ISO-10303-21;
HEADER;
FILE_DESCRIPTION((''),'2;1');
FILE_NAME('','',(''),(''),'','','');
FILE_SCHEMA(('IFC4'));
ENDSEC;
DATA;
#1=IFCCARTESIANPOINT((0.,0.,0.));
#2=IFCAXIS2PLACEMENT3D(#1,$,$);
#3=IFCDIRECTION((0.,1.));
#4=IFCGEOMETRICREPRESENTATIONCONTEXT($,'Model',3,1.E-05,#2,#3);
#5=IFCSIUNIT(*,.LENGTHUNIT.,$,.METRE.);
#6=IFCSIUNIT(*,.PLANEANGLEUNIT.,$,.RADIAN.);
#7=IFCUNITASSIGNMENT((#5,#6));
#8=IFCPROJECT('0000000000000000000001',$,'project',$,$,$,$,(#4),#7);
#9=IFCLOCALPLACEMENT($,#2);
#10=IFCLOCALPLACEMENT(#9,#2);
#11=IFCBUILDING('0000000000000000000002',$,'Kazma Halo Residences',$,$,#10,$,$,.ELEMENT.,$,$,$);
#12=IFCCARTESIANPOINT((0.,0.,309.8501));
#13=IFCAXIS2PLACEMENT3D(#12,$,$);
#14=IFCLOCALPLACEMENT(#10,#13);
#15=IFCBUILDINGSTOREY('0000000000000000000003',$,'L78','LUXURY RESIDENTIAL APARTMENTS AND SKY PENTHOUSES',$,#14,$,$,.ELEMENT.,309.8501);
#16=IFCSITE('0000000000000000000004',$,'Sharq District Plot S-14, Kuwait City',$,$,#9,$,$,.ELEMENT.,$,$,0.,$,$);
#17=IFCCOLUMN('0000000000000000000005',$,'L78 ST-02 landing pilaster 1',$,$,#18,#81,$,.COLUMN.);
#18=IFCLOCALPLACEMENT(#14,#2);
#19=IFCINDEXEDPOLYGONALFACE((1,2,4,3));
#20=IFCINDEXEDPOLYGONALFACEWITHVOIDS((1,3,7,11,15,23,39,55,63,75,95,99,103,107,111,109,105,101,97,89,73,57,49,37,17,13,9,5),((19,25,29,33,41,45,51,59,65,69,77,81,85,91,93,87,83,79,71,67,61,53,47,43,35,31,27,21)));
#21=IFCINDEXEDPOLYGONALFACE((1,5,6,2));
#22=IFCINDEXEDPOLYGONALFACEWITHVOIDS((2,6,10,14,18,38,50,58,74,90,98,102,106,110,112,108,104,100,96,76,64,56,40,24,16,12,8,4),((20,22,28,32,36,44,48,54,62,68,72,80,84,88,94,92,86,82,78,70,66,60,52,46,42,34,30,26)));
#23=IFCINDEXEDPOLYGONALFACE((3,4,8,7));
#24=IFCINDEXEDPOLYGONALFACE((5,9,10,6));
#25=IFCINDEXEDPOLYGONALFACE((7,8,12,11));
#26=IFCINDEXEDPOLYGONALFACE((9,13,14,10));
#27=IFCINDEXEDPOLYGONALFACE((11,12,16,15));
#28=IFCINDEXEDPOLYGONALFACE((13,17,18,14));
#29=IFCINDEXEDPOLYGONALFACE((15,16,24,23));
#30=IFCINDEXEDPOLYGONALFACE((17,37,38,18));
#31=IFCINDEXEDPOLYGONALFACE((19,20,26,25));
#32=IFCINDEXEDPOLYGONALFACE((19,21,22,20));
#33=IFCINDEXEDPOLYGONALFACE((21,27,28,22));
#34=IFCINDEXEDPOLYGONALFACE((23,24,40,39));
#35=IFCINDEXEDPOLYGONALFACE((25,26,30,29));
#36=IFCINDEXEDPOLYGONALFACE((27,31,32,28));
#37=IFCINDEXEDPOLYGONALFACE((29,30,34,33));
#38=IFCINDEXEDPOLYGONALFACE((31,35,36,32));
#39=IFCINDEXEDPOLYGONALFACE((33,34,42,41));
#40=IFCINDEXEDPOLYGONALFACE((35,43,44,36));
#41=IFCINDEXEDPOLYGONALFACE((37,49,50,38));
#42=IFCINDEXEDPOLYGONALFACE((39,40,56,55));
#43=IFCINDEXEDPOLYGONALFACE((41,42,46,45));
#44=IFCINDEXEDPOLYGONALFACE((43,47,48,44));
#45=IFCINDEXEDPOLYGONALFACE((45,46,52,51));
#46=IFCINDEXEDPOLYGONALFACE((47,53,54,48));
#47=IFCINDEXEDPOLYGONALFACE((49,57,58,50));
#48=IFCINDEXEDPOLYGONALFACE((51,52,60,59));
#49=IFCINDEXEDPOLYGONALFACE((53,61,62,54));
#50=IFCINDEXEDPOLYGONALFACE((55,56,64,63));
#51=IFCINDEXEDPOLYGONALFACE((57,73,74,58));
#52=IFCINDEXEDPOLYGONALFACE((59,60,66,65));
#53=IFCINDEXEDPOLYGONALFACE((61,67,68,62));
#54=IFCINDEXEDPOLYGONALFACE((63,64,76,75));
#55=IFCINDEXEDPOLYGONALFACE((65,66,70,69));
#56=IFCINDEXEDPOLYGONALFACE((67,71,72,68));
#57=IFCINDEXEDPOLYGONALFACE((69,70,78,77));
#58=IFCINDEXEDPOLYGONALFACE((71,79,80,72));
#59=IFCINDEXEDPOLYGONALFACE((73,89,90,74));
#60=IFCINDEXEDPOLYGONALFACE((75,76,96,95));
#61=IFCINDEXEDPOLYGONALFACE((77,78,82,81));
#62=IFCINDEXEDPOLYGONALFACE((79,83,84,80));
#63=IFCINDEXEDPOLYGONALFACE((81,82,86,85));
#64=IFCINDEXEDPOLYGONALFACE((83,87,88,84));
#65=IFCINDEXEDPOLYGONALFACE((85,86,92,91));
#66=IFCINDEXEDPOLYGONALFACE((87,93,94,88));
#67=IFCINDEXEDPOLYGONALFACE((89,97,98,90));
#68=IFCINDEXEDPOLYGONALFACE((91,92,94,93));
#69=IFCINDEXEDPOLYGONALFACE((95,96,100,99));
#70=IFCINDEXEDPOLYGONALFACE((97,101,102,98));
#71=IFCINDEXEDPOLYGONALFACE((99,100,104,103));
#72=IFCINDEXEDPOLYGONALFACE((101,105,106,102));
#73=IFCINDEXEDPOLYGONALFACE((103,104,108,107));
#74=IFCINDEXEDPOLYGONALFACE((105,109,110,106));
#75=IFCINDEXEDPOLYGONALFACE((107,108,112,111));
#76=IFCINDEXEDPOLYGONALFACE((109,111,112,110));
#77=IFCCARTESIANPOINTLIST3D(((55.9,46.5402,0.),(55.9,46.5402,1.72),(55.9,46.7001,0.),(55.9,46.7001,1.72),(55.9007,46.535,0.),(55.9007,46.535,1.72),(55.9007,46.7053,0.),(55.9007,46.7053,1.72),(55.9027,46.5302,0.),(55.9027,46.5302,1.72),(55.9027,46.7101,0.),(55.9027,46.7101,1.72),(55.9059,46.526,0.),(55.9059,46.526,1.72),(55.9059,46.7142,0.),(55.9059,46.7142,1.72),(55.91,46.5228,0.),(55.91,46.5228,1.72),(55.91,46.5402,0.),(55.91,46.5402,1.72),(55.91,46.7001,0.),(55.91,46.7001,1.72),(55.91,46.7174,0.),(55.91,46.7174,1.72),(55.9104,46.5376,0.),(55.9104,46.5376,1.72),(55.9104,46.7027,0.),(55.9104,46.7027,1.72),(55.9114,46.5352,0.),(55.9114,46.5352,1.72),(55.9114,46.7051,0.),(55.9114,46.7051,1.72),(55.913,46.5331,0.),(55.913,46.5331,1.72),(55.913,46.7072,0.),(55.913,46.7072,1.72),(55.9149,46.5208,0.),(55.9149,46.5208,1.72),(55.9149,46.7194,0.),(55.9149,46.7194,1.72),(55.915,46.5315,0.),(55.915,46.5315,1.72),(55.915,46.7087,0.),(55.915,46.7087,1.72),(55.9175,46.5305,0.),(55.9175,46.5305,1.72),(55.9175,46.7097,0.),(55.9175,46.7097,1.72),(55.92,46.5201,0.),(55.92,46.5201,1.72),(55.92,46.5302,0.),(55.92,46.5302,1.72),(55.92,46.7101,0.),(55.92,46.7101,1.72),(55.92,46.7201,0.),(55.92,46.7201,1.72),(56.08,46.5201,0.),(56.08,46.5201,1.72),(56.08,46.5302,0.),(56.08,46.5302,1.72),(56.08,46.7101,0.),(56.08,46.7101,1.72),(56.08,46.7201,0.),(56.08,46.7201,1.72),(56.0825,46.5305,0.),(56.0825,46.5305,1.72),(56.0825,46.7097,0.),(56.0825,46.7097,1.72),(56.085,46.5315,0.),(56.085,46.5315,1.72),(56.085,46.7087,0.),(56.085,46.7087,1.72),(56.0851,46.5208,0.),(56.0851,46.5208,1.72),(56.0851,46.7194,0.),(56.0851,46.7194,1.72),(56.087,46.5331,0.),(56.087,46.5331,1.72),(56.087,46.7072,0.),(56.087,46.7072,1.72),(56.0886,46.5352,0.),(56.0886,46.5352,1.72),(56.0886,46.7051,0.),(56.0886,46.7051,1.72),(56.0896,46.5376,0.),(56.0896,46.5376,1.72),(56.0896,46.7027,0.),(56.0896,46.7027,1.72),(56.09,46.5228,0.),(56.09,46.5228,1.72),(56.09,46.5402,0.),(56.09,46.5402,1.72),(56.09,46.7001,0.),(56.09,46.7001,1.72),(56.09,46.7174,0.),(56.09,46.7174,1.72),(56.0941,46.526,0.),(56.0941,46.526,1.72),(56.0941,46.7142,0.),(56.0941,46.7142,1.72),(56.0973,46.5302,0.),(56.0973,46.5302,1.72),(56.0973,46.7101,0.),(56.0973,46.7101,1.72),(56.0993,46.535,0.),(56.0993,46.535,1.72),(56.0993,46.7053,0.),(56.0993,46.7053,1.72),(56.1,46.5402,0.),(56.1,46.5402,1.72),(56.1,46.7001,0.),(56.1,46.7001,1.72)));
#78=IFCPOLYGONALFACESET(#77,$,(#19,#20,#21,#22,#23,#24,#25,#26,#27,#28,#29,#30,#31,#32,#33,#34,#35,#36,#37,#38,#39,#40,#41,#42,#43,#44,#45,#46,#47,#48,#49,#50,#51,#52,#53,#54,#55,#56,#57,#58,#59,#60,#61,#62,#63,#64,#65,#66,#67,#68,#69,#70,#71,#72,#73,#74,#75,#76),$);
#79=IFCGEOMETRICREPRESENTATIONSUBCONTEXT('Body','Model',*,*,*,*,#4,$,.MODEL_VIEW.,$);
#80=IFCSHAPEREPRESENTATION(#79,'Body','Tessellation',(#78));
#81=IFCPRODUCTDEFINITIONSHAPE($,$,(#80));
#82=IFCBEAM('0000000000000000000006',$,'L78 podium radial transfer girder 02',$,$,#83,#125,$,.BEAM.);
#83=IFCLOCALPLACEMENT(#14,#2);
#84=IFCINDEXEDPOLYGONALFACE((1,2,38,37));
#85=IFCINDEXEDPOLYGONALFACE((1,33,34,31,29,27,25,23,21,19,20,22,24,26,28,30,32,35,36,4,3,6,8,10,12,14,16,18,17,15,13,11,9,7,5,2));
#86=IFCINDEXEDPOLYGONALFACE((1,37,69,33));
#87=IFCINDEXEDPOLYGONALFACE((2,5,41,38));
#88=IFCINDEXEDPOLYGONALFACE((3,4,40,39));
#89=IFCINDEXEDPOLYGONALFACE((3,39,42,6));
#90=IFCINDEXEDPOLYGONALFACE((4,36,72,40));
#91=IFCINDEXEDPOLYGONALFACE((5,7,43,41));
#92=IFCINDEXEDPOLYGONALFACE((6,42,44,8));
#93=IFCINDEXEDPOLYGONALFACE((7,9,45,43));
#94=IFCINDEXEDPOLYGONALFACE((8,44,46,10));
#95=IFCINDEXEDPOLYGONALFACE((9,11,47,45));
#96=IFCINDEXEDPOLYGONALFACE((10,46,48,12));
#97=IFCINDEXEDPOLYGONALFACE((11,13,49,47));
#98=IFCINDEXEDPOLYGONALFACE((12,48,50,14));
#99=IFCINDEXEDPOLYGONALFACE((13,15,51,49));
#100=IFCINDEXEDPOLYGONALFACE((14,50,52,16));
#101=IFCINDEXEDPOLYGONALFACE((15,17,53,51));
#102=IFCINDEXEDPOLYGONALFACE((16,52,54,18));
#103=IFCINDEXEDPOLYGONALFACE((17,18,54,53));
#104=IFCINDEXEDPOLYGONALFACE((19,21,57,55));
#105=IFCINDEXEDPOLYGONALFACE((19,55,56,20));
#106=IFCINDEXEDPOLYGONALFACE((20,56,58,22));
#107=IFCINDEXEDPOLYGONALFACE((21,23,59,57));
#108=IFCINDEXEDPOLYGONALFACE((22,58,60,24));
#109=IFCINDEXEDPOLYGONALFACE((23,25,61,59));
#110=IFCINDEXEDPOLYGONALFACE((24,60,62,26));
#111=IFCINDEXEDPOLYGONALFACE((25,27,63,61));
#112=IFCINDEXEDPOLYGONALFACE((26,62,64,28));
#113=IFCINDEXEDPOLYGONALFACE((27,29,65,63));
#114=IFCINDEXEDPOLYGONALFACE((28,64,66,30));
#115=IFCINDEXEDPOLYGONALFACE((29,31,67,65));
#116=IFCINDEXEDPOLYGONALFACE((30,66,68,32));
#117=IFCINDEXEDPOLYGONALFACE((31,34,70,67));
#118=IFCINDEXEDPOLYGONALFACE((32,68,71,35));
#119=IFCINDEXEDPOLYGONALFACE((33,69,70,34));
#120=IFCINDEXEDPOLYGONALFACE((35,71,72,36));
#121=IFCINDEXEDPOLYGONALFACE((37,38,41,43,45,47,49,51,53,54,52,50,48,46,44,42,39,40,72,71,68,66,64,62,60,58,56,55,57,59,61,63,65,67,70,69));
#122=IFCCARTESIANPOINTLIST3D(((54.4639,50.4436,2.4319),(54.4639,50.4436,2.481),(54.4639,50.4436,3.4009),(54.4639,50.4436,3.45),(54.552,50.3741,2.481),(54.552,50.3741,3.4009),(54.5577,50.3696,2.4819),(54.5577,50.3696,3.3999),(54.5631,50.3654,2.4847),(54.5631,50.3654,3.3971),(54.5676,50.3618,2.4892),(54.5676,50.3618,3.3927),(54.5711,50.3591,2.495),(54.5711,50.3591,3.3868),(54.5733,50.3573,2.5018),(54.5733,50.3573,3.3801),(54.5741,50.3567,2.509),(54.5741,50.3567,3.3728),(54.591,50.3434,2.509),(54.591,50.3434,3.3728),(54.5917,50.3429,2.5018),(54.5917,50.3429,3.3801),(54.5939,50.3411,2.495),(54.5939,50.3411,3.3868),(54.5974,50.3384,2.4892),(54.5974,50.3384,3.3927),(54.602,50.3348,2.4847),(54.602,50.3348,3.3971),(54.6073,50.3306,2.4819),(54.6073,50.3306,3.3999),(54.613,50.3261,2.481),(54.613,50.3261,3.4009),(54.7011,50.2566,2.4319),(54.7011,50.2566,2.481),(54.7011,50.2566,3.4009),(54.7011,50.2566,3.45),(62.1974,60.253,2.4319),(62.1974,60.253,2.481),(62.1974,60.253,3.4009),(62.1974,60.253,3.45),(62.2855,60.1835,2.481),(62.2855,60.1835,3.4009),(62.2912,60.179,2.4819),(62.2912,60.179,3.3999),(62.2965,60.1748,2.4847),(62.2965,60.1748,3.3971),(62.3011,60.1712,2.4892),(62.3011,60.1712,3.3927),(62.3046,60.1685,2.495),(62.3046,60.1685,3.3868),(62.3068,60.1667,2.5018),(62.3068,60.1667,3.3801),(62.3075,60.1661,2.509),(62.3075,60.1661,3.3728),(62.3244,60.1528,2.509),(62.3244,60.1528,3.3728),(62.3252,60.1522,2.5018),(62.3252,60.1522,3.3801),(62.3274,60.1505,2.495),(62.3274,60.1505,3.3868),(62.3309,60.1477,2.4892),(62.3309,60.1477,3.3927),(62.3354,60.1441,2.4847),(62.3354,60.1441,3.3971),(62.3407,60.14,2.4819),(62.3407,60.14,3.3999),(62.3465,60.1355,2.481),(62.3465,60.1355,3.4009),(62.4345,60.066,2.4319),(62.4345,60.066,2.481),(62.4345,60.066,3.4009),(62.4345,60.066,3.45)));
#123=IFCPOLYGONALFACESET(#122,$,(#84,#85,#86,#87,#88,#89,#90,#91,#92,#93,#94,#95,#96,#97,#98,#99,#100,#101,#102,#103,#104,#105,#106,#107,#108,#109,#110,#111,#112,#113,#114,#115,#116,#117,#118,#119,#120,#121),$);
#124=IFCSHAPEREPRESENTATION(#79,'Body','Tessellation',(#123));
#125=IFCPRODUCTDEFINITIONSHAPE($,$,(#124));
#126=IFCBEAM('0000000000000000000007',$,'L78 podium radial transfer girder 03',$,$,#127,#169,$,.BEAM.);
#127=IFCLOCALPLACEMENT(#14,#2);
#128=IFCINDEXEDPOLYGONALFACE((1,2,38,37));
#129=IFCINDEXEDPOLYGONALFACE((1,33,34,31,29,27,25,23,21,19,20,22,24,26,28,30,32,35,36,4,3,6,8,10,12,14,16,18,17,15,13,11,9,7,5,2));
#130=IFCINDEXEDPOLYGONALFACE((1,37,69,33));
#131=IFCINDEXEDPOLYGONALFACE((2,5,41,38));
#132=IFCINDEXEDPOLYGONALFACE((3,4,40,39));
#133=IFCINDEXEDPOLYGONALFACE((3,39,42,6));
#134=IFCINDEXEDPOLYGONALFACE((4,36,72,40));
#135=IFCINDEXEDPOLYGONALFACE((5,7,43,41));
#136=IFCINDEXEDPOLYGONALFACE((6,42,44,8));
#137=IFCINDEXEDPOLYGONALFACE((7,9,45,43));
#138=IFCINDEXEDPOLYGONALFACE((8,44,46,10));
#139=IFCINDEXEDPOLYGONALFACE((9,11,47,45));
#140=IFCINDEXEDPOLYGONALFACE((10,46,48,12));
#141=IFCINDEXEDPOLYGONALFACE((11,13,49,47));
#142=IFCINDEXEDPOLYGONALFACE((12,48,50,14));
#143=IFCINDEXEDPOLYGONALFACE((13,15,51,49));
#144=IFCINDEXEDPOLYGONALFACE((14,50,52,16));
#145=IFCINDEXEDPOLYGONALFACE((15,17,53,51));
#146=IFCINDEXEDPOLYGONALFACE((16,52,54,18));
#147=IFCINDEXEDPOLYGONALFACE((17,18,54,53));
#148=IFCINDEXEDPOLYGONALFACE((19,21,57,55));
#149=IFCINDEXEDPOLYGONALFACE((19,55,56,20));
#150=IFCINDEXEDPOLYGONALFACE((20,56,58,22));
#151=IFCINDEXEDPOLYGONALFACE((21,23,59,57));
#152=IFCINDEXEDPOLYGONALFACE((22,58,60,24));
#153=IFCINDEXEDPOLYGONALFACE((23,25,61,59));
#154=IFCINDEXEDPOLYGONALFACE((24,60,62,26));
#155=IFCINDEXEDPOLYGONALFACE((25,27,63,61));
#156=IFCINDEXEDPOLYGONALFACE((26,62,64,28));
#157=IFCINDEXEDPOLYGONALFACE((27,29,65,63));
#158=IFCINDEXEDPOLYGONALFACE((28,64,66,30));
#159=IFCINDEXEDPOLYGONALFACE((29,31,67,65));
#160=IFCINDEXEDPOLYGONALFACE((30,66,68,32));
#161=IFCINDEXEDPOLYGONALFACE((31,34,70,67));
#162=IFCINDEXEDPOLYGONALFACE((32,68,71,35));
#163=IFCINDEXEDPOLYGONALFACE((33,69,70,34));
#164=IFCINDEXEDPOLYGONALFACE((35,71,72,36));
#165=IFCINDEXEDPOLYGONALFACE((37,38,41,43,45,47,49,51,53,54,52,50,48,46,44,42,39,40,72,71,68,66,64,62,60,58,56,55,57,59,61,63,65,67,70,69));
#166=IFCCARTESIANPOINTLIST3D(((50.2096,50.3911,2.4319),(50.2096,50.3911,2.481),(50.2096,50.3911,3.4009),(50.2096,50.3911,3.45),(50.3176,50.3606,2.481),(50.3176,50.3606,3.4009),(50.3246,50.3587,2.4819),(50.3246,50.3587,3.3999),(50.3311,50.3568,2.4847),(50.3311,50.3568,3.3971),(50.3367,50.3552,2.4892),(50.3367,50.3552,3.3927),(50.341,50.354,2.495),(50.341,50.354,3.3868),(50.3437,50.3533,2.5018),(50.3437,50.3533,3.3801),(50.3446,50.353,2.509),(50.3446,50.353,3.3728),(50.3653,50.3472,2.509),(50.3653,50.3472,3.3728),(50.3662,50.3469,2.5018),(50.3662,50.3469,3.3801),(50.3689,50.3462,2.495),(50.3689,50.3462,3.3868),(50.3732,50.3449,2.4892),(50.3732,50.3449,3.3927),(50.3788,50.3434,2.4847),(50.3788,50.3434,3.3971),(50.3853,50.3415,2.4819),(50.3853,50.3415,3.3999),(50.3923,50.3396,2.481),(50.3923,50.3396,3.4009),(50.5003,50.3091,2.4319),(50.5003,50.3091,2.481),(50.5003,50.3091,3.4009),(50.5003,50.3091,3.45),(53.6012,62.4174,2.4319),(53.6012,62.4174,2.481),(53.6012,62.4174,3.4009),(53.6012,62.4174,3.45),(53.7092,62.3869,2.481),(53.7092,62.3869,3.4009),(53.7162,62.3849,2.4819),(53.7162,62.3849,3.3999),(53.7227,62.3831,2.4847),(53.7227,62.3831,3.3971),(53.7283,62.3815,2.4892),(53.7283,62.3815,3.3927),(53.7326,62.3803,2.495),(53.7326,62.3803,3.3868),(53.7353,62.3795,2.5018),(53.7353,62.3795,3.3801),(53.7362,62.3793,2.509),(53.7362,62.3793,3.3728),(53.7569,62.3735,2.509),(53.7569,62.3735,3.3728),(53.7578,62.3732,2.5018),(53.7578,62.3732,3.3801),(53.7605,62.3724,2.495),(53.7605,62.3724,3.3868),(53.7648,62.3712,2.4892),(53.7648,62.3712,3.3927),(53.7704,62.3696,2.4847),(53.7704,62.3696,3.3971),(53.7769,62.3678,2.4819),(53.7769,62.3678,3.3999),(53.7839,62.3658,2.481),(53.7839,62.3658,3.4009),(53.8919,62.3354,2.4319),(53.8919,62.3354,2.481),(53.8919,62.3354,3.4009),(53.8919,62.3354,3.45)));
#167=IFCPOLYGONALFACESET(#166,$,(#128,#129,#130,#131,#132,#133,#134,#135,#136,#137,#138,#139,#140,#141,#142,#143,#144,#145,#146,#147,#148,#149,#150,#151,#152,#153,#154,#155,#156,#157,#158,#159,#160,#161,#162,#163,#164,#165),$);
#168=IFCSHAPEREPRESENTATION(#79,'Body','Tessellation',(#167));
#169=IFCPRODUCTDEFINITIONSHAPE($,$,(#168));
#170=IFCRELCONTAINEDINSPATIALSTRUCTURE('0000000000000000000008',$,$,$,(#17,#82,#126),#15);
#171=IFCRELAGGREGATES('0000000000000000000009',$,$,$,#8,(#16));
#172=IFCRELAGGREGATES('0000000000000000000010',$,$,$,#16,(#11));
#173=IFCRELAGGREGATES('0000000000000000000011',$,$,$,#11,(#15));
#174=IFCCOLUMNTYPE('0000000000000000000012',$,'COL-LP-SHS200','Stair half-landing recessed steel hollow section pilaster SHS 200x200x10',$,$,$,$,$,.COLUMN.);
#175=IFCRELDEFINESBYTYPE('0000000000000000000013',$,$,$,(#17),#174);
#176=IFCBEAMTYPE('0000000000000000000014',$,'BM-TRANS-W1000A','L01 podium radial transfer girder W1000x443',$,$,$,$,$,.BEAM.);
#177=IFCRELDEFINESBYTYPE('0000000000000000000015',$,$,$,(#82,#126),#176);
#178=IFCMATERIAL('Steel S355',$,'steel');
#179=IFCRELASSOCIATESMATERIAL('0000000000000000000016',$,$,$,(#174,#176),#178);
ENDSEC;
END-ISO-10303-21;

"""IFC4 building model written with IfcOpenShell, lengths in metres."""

from ifc_helpers import new_model, si_unit, direction, frame, origin, origin_2d, place, context, subcontext, project, spatial, hollow_rectangle, i_section, extrude, material, material_profile, profile_set, type_object, element, save


model = new_model("IFC4")

# Units and contexts
model_context = context("Model", 3, precision=1e-05, world=origin(), true_north=direction((0.0, 1.0)))
body_context = subcontext(model_context, "Body", "Model", "MODEL_VIEW")
ifc_project = project(units=[si_unit("LENGTHUNIT", "METRE"), si_unit("PLANEANGLEUNIT", "RADIAN")], contexts=[model_context])

# Site, building, storey
site_placement = place(None, origin())
site = spatial("IfcSite", under=ifc_project, at=site_placement, Name="Sharq District Plot S-14, Kuwait City", CompositionType="ELEMENT", RefElevation=0.0)
building_placement = place(site_placement, origin())
building = spatial("IfcBuilding", under=site, at=building_placement, Name="Kazma Halo Residences", CompositionType="ELEMENT")
storey_placement = place(building_placement, frame((0.0, 0.0, 309.8501)))
storey = spatial("IfcBuildingStorey", under=building, at=storey_placement, Name="L78", Description="LUXURY RESIDENTIAL APARTMENTS AND SKY PENTHOUSES", CompositionType="ELEMENT", Elevation=309.8501)

# Column
ifc_material_1 = material(Name="Steel S355", Category="steel")
ifc_material_profile_1 = material_profile(ifc_material_1, hollow_rectangle(XDim=0.2, YDim=0.2, WallThickness=0.01, InnerFilletRadius=0.01, OuterFilletRadius=0.02, at=origin_2d()), Name="SHS200x200x10")
ifc_profile_set_1 = profile_set([ifc_material_profile_1], Name="Steel S355")
column_type = type_object("IfcColumnType", Name="COL-LP-SHS200", Description="Stair half-landing recessed steel hollow section pilaster SHS 200x200x10", PredefinedType="COLUMN", material=ifc_profile_set_1)
column_placement = place(storey_placement, frame((56.0, 46.6201, 0.0), z_axis=(0.0, 0.0, 1.0), x_axis=(1.0, 0.0, 0.0)))
element("IfcColumn", 1, at=column_placement, inside=storey, type_object=column_type, Name="L78 ST-02 landing pilaster 1", PredefinedType="COLUMN", context=body_context, shape_type="SweptSolid", body=[
    extrude(hollow_rectangle(XDim=0.2, YDim=0.2, WallThickness=0.01, InnerFilletRadius=0.01, OuterFilletRadius=0.02, at=origin_2d()), origin(), (0.0, 0.0, 1.0), 1.72),
])

# Beams
ifc_material_profile_2 = material_profile(ifc_material_1, i_section(OverallWidth=0.302, OverallDepth=1.0181, WebThickness=0.0215, FlangeThickness=0.0491, FilletRadius=0.0281, at=origin_2d()), Name="W1000x443")
ifc_profile_set_2 = profile_set([ifc_material_profile_2], Name="Steel S355")
beam_type_1 = type_object("IfcBeamType", Name="BM-TRANS-W1000A", Description="L01 podium radial transfer girder W1000x443", PredefinedType="BEAM", material=ifc_profile_set_2)
beam_1_placement = place(storey_placement, frame((54.5825, 50.3501, 2.9409), z_axis=(0.619111, 0.785303, 0.0), x_axis=(-0.785303, 0.619111, 0.0)))
element("IfcBeam", 2, at=beam_1_placement, inside=storey, type_object=beam_type_1, Name="L78 podium radial transfer girder 02", PredefinedType="BEAM", context=body_context, shape_type="SweptSolid", body=[
    extrude(i_section(OverallWidth=0.302, OverallDepth=1.0181, WebThickness=0.0215, FlangeThickness=0.0491, FilletRadius=0.0281, at=origin_2d()), origin(), (0.0, 0.0, 1.0), 12.4912),
])
beam_2_placement = place(storey_placement, frame((50.355, 50.3501, 2.9409), z_axis=(0.271427, 0.962459, 0.0), x_axis=(-0.962459, 0.271427, 0.0)))
element("IfcBeam", 3, at=beam_2_placement, inside=storey, type_object=beam_type_1, Name="L78 podium radial transfer girder 03", PredefinedType="BEAM", context=body_context, shape_type="SweptSolid", body=[
    extrude(i_section(OverallWidth=0.302, OverallDepth=1.0181, WebThickness=0.0215, FlangeThickness=0.0491, FilletRadius=0.0281, at=origin_2d()), origin(), (0.0, 0.0, 1.0), 12.4954),
])

save(model, "model.ifc")
